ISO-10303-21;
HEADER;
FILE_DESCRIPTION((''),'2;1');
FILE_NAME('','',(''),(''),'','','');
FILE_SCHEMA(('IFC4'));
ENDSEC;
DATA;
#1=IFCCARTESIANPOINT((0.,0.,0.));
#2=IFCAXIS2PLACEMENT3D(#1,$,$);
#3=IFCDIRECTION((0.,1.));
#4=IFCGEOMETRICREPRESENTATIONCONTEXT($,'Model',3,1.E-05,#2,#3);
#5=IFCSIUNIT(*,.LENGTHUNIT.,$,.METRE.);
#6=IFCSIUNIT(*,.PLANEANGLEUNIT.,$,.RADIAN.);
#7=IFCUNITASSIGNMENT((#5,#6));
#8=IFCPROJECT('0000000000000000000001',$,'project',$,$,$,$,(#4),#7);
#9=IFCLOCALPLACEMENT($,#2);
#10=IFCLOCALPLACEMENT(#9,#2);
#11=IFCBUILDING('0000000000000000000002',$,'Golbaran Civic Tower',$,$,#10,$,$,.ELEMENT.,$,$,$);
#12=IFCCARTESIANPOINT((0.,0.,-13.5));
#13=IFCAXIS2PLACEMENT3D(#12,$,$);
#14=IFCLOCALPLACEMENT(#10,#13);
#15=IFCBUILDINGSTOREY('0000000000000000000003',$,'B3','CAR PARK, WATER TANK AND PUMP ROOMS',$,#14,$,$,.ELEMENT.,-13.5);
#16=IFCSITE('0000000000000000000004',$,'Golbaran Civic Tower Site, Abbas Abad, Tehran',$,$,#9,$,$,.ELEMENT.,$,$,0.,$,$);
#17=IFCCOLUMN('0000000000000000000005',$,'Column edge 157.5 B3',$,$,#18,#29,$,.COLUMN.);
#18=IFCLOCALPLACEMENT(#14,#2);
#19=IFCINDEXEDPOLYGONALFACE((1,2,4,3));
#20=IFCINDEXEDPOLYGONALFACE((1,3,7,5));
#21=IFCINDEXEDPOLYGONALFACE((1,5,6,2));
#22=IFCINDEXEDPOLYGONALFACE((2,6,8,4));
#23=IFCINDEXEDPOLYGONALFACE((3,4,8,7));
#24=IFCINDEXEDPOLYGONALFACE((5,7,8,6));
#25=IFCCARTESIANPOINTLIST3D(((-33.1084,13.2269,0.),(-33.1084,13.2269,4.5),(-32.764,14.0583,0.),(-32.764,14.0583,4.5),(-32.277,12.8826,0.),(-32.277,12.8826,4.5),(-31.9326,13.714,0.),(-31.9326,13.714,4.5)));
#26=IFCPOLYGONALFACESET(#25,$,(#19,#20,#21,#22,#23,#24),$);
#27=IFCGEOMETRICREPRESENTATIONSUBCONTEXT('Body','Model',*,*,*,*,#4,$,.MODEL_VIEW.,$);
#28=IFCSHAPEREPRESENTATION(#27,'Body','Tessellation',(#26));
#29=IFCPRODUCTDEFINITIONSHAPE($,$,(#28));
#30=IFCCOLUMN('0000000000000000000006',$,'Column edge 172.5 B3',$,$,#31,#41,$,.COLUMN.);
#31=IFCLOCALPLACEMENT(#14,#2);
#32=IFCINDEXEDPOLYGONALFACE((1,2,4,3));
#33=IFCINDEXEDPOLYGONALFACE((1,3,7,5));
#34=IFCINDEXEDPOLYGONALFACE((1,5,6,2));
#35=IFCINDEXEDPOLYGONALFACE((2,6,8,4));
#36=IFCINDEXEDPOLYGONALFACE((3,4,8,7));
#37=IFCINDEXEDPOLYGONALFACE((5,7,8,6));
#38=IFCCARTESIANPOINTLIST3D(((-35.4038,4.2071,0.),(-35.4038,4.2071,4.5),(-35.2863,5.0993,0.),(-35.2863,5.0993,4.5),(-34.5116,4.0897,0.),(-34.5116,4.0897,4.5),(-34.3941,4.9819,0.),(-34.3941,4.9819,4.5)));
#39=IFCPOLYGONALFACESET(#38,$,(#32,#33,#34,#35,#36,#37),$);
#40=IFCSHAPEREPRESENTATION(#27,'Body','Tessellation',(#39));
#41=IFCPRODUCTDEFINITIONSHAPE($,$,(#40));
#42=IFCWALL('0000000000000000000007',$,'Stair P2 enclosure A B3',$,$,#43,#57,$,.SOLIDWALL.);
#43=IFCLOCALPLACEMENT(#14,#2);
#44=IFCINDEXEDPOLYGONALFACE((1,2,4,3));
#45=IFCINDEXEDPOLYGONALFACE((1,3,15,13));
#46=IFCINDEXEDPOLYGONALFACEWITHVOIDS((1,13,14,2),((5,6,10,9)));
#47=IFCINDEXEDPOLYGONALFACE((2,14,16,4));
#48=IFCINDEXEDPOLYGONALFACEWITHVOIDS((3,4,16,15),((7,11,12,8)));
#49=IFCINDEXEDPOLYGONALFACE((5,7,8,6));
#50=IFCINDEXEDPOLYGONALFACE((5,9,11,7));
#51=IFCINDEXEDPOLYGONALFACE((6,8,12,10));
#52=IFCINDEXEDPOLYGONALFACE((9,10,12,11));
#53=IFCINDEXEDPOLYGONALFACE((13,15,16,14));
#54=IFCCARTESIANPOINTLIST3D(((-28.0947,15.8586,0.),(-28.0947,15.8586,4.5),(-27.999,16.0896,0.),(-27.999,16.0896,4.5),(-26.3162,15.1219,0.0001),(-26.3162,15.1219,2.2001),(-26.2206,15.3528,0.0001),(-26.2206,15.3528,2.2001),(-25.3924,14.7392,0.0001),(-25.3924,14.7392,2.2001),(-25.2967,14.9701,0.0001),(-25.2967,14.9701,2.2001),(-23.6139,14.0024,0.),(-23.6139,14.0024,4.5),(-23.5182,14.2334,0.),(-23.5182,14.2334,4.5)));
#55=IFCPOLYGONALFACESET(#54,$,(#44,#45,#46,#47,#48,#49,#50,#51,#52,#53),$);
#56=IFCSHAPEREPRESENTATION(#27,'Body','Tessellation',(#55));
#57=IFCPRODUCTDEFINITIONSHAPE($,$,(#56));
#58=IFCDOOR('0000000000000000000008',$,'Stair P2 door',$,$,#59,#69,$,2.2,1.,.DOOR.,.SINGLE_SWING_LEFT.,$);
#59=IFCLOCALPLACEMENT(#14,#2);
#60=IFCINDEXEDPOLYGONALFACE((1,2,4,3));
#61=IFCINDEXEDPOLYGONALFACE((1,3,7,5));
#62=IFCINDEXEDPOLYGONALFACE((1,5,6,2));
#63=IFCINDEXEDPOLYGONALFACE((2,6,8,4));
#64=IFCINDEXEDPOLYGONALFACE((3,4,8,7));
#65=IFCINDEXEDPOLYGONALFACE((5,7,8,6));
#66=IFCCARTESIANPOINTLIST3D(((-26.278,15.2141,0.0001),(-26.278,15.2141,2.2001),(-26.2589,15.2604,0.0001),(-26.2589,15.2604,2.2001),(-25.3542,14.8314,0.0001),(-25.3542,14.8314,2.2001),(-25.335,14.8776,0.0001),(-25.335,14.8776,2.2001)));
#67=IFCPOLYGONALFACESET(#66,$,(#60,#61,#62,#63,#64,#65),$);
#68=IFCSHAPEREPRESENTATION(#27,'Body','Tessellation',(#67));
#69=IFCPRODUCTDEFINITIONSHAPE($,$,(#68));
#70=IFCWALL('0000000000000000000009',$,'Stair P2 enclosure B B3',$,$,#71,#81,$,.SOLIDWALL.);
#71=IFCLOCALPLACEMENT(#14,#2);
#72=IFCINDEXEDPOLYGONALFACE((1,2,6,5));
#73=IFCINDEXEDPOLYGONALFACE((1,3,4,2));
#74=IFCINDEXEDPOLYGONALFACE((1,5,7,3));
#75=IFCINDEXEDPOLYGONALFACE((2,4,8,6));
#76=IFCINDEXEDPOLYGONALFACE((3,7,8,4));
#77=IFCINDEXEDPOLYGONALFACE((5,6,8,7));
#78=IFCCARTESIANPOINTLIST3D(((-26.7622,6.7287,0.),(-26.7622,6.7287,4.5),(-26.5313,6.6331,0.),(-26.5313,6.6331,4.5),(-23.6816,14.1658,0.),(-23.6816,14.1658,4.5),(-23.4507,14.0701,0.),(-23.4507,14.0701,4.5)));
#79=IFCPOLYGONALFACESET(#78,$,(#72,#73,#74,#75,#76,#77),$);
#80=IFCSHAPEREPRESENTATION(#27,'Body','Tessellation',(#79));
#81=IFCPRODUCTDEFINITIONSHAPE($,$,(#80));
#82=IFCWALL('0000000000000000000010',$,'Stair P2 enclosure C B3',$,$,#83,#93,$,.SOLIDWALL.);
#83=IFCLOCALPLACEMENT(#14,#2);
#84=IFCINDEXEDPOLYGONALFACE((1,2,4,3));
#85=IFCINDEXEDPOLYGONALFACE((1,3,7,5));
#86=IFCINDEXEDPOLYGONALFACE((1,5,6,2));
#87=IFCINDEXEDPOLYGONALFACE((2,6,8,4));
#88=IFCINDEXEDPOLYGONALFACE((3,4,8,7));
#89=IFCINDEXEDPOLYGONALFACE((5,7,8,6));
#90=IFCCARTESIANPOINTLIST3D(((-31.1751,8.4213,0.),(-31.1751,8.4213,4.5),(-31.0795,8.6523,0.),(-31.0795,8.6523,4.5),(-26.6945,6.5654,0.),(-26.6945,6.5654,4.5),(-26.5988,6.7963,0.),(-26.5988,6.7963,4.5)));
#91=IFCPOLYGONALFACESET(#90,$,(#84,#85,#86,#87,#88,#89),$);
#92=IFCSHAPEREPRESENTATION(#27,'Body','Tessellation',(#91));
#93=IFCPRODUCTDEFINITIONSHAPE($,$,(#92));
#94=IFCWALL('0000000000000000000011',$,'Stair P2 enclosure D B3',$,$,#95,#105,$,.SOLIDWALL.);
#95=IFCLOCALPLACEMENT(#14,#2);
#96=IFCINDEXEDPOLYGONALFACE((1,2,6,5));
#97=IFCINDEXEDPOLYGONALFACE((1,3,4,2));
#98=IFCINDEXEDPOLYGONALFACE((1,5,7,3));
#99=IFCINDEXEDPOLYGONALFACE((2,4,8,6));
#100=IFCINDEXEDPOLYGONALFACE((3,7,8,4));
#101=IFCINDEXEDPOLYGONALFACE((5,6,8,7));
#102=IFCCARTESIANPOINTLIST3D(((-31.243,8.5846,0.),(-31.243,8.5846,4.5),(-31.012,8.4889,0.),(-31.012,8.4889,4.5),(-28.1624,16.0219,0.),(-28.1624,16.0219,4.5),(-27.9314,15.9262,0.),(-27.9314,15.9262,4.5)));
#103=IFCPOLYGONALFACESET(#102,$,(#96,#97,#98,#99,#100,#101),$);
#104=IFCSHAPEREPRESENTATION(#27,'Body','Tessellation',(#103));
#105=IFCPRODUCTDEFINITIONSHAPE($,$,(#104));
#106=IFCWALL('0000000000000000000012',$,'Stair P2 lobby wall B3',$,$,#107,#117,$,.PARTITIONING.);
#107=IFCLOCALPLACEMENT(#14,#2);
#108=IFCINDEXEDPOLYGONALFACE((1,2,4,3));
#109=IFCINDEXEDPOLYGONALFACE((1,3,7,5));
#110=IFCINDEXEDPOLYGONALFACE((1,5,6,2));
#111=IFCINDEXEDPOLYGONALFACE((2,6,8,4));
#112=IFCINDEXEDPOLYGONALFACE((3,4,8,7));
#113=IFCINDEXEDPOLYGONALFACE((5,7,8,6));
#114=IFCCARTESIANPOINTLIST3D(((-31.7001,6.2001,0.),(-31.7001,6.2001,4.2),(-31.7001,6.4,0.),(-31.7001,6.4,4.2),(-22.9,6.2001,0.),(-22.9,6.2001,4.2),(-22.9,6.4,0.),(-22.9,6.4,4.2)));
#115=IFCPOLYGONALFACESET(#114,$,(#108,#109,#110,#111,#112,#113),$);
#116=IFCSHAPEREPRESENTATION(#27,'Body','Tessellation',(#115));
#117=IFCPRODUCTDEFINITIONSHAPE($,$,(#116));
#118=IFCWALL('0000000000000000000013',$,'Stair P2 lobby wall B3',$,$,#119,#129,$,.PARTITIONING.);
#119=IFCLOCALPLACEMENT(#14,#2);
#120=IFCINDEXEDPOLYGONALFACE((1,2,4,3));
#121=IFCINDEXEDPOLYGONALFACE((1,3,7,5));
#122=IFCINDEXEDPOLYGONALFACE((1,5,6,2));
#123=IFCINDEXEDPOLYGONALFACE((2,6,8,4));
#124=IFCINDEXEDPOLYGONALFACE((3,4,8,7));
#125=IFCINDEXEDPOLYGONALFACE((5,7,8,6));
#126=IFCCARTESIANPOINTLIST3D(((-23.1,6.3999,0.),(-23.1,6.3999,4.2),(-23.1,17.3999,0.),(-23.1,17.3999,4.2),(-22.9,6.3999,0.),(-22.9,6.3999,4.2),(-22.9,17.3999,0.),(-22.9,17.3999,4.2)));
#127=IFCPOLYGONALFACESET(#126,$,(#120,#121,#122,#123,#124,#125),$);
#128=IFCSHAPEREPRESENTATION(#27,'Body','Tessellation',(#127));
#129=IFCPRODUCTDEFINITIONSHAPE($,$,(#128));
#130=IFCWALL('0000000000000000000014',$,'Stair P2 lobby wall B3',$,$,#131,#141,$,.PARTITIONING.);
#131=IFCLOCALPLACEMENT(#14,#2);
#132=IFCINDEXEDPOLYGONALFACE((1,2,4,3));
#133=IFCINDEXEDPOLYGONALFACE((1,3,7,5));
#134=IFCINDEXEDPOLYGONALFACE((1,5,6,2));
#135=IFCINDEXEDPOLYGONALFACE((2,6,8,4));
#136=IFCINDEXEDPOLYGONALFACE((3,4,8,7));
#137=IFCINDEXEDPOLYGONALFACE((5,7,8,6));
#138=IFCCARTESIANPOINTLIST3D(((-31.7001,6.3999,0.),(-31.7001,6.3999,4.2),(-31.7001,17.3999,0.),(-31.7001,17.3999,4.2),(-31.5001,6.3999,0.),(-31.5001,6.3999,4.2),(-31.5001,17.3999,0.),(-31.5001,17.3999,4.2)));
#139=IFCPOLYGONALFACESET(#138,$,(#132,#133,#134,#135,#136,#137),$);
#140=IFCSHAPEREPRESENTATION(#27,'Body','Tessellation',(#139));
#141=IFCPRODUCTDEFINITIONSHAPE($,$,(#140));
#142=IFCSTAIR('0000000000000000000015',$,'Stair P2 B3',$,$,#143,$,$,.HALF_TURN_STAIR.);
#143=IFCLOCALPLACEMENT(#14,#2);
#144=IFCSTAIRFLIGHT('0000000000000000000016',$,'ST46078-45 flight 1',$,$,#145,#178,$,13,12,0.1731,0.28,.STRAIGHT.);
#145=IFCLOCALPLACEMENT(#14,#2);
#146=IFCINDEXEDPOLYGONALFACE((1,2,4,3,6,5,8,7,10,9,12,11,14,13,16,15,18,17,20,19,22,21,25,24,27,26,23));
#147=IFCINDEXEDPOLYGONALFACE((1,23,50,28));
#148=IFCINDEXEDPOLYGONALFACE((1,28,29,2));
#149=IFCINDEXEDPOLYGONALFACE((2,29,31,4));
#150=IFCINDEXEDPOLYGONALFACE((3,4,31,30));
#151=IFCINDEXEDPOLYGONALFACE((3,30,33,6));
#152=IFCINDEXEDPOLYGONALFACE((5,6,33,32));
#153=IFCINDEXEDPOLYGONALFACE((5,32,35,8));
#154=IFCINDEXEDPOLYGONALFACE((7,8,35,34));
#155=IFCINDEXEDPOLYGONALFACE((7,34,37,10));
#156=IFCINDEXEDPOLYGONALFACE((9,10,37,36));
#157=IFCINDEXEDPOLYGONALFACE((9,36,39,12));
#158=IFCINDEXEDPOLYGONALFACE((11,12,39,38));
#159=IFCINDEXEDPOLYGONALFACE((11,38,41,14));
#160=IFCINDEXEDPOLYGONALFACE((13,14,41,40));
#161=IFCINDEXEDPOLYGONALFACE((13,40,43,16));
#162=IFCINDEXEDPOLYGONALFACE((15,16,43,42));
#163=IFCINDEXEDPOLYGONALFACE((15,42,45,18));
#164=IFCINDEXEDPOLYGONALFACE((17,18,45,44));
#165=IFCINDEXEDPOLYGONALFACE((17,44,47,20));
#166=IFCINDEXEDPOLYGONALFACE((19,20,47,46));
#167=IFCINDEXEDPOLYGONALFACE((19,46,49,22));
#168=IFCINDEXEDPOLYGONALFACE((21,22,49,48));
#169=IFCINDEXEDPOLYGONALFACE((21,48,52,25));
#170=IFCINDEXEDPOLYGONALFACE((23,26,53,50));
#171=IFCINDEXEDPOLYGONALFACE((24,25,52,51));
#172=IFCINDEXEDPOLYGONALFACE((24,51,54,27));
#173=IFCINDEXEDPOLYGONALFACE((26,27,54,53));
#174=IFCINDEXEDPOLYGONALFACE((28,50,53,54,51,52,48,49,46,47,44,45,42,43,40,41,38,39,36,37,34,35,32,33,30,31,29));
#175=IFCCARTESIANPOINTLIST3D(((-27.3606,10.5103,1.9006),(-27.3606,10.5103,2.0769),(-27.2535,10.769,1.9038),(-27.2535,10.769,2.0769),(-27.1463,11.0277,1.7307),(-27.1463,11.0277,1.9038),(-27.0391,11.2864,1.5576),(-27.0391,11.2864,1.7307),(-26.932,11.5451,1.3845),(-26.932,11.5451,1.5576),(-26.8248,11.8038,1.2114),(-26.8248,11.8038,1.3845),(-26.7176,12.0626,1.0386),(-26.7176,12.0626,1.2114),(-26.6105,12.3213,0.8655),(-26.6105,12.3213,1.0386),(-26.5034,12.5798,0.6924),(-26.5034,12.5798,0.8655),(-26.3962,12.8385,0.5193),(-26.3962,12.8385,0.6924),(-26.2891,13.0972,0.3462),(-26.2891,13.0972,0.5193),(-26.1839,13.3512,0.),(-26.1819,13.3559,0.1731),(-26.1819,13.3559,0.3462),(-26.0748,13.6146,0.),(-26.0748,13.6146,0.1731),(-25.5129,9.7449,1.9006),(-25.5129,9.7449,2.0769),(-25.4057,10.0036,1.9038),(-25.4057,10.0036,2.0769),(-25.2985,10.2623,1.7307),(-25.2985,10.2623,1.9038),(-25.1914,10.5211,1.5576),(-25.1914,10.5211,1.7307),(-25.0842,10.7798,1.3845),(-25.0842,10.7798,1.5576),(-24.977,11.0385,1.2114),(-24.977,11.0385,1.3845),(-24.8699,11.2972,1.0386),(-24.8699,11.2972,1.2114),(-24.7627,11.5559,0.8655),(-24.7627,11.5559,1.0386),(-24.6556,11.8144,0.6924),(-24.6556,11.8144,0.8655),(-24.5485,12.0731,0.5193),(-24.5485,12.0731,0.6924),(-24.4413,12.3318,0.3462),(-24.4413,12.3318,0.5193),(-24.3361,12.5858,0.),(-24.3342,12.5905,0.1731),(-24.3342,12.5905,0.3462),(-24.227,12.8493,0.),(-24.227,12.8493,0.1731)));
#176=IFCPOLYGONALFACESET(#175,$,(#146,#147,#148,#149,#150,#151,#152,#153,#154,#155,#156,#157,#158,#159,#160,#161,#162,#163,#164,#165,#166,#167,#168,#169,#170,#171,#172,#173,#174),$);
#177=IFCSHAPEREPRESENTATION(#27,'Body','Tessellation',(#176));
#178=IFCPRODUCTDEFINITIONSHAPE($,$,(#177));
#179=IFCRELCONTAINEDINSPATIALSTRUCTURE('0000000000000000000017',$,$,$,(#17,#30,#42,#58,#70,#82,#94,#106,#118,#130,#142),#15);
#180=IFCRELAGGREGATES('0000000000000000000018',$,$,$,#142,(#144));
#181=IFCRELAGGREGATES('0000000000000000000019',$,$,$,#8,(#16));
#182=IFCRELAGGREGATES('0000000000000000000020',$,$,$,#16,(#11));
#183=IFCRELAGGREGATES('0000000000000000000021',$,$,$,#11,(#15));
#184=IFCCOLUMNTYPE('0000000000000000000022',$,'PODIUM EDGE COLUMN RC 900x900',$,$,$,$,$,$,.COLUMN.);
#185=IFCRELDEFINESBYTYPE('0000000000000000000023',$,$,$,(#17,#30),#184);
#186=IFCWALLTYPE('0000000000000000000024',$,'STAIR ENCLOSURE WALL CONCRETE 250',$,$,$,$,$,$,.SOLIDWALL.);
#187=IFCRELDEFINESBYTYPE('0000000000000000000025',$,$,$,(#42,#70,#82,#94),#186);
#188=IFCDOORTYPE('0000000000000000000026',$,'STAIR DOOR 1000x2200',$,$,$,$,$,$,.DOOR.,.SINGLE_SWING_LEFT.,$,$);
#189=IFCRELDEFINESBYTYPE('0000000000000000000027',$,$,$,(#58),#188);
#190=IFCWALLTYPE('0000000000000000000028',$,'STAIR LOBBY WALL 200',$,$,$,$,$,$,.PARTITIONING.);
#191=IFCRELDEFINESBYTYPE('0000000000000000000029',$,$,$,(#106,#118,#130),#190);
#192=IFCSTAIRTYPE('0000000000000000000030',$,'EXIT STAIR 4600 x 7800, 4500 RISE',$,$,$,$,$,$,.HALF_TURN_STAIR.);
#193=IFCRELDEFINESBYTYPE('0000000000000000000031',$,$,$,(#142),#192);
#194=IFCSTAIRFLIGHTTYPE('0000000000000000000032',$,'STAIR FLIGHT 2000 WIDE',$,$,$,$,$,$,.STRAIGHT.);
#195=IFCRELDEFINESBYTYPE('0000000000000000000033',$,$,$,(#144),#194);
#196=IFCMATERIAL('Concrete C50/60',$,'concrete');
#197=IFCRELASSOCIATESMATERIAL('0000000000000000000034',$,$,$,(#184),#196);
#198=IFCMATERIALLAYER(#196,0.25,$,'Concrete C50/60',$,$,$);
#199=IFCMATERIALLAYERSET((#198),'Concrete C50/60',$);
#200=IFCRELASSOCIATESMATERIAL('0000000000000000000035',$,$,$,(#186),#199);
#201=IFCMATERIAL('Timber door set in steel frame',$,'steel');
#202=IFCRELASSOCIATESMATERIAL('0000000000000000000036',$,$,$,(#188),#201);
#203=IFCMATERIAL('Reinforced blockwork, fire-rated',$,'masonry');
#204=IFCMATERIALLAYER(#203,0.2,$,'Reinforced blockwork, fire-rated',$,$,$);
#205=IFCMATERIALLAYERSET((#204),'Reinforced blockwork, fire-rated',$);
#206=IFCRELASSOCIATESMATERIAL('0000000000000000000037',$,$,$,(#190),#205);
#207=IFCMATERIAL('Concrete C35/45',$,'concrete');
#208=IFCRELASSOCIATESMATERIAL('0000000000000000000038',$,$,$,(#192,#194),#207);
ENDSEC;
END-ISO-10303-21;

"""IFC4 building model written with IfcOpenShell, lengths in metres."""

from ifc_helpers import new_model, si_unit, direction, frame, frame_2d, origin, origin_2d, place, context, subcontext, project, spatial, polyline, rectangle, outline, extrude, material, layer, layer_set, material_profile, profile_set, type_object, element, fill, aggregate, save


model = new_model("IFC4")

# Units and contexts
model_context = context("Model", 3, precision=1e-05, world=origin(), true_north=direction((0.0, 1.0)))
body_context = subcontext(model_context, "Body", "Model", "MODEL_VIEW")
ifc_project = project(units=[si_unit("LENGTHUNIT", "METRE"), si_unit("PLANEANGLEUNIT", "RADIAN")], contexts=[model_context])

# Site, building, storey
site_placement = place(None, origin())
site = spatial("IfcSite", under=ifc_project, at=site_placement, Name="Golbaran Civic Tower Site, Abbas Abad, Tehran", CompositionType="ELEMENT", RefElevation=0.0)
building_placement = place(site_placement, origin())
building = spatial("IfcBuilding", under=site, at=building_placement, Name="Golbaran Civic Tower", CompositionType="ELEMENT")
storey_placement = place(building_placement, frame((0.0, 0.0, -13.5)))
storey = spatial("IfcBuildingStorey", under=building, at=storey_placement, Name="B3", Description="CAR PARK, WATER TANK AND PUMP ROOMS", CompositionType="ELEMENT", Elevation=-13.5)

# Shared definitions
ifc_material_1 = material(Name="Concrete C35/45", Category="concrete")

# Columns
ifc_material_2 = material(Name="Concrete C50/60", Category="concrete")
ifc_material_profile_1 = material_profile(ifc_material_2, rectangle(XDim=0.8999, YDim=0.8999, at=origin_2d()), Name="RC 900x900")
ifc_profile_set_1 = profile_set([ifc_material_profile_1], Name="Concrete C50/60")
column_type_1 = type_object("IfcColumnType", Name="PODIUM EDGE COLUMN RC 900x900", PredefinedType="COLUMN", material=ifc_profile_set_1)
for number, where, z_axis, x_axis, name in (
    (1, (-32.5205, 13.4705, 0.0), (0.0, 0.0, 1.0), (-0.92388, 0.382683, 0.0), "Column edge 157.5 B3"),
    (2, (-34.8989, 4.5945, 0.0), (0.0, 0.0, 1.0), (-0.991445, 0.130526, 0.0), "Column edge 172.5 B3"),
):
    element("IfcColumn", number, at=place(storey_placement, frame(where, z_axis=z_axis, x_axis=x_axis)), inside=storey, type_object=column_type_1, Name=name, PredefinedType="COLUMN", context=body_context, shape_type="SweptSolid", body=[
        extrude(rectangle(XDim=0.8999, YDim=0.8999, at=origin_2d()), origin(), (0.0, 0.0, 1.0), 4.5),
    ])

# Wall, opening, door
ifc_layer_1 = layer(ifc_material_2, 0.25, Name="Concrete C50/60")
ifc_layer_set_1 = layer_set([ifc_layer_1], Name="Concrete C50/60")
wall_type_1 = type_object("IfcWallType", Name="STAIR ENCLOSURE WALL CONCRETE 250", PredefinedType="SOLIDWALL", material=ifc_layer_set_1)
wall_1_placement = place(storey_placement, frame((-28.0469, 15.9741, 0.0), z_axis=(0.0, 0.0, 1.0), x_axis=(0.923863, -0.382724, 0.0)))
wall_1 = element("IfcWall", 3, at=wall_1_placement, inside=storey, type_object=wall_type_1, Name="Stair P2 enclosure A B3", PredefinedType="SOLIDWALL", context=body_context, shape_type="SweptSolid", body=[
    extrude(rectangle(XDim=4.8501, YDim=0.25, at=frame_2d((2.425, 0.0))), origin(), (0.0, 0.0, 1.0), 4.5),
])
opening_placement = place(wall_1_placement, frame((1.925, 0.0, 0.0)))
opening = element("IfcOpeningElement", 4, at=opening_placement, cuts=wall_1, PredefinedType="OPENING", context=body_context, shape_type="SweptSolid", body=[
    extrude(rectangle(XDim=1.0, YDim=2.2, at=frame_2d((0.5, 1.1001))), frame((0.0, 0.135, 0.0), z_axis=(0.0, -1.0, 0.0), x_axis=(1.0, 0.0, 0.0)), (0.0, 0.0, 1.0), 0.27),
])
ifc_material_3 = material(Name="Timber door set in steel frame", Category="steel")
door_type = type_object("IfcDoorType", Name="STAIR DOOR 1000x2200", OperationType="SINGLE_SWING_LEFT", PredefinedType="DOOR", material=ifc_material_3)
door_placement = place(opening_placement, origin())
door = element("IfcDoor", 5, at=door_placement, inside=storey, type_object=door_type, Name="Stair P2 door", OperationType="SINGLE_SWING_LEFT", OverallHeight=2.2, OverallWidth=1.0, PredefinedType="DOOR", context=body_context, shape_type="SweptSolid", body=[
    extrude(rectangle(XDim=1.0, YDim=2.2, at=frame_2d((0.5, 1.1001))), frame((0.0, 0.0249, 0.0), z_axis=(0.0, -1.0, 0.0), x_axis=(1.0, 0.0, 0.0)), (0.0, 0.0, 1.0), 0.05),
])
fill(opening, door)

# Walls
wall_2_placement = place(storey_placement, frame((-23.5662, 14.1179, 0.0), z_axis=(0.0, 0.0, 1.0), x_axis=(-0.382689, -0.923877, 0.0)))
element("IfcWall", 6, at=wall_2_placement, inside=storey, type_object=wall_type_1, Name="Stair P2 enclosure B B3", PredefinedType="SOLIDWALL", context=body_context, shape_type="SweptSolid", body=[
    extrude(rectangle(XDim=8.0498, YDim=0.25, at=frame_2d((4.0249, 0.0))), origin(), (0.0, 0.0, 1.0), 4.5),
])
wall_3_placement = place(storey_placement, frame((-26.6467, 6.6809, 0.0), z_axis=(0.0, 0.0, 1.0), x_axis=(-0.923881, 0.382681, 0.0)))
element("IfcWall", 7, at=wall_3_placement, inside=storey, type_object=wall_type_1, Name="Stair P2 enclosure C B3", PredefinedType="SOLIDWALL", context=body_context, shape_type="SweptSolid", body=[
    extrude(rectangle(XDim=4.8499, YDim=0.25, at=frame_2d((2.4248, 0.0))), origin(), (0.0, 0.0, 1.0), 4.5),
])
wall_4_placement = place(storey_placement, frame((-31.1274, 8.5369, 0.0), z_axis=(0.0, 0.0, 1.0), x_axis=(0.382679, 0.923882, 0.0)))
element("IfcWall", 8, at=wall_4_placement, inside=storey, type_object=wall_type_1, Name="Stair P2 enclosure D B3", PredefinedType="SOLIDWALL", context=body_context, shape_type="SweptSolid", body=[
    extrude(rectangle(XDim=8.05, YDim=0.25, at=frame_2d((4.0249, 0.0))), origin(), (0.0, 0.0, 1.0), 4.5),
])
ifc_material_4 = material(Name="Reinforced blockwork, fire-rated", Category="masonry")
ifc_layer_2 = layer(ifc_material_4, 0.2, Name="Reinforced blockwork, fire-rated")
ifc_layer_set_2 = layer_set([ifc_layer_2], Name="Reinforced blockwork, fire-rated")
wall_type_2 = type_object("IfcWallType", Name="STAIR LOBBY WALL 200", PredefinedType="PARTITIONING", material=ifc_layer_set_2)
wall_5_placement = place(storey_placement, frame((-31.7, 6.3, 0.0), z_axis=(0.0, 0.0, 1.0), x_axis=(1.0, 0.0, 0.0)))
element("IfcWall", 9, at=wall_5_placement, inside=storey, type_object=wall_type_2, Name="Stair P2 lobby wall B3", PredefinedType="PARTITIONING", context=body_context, shape_type="SweptSolid", body=[
    extrude(rectangle(XDim=8.8, YDim=0.2, at=frame_2d((4.3999, 0.0))), origin(), (0.0, 0.0, 1.0), 4.2),
])
for number, where, z_axis, x_axis, name in (
    (10, (-23.0, 6.3999, 0.0), (0.0, 0.0, 1.0), (0.0, 1.0, 0.0), "Stair P2 lobby wall B3"),
    (11, (-31.6001, 17.3999, 0.0), (0.0, 0.0, 1.0), (0.0, -1.0, 0.0), "Stair P2 lobby wall B3"),
):
    element("IfcWall", number, at=place(storey_placement, frame(where, z_axis=z_axis, x_axis=x_axis)), inside=storey, type_object=wall_type_2, Name=name, PredefinedType="PARTITIONING", context=body_context, shape_type="SweptSolid", body=[
        extrude(rectangle(XDim=11.0, YDim=0.2, at=frame_2d((5.5, 0.0))), origin(), (0.0, 0.0, 1.0), 4.2),
    ])

# Stair, stair flight
stair_type = type_object("IfcStairType", Name="EXIT STAIR 4600 x 7800, 4500 RISE", PredefinedType="HALF_TURN_STAIR", material=ifc_material_1)
stair_placement = place(storey_placement, origin())
stair = element("IfcStair", 12, at=stair_placement, inside=storey, type_object=stair_type, Name="Stair P2 B3", PredefinedType="HALF_TURN_STAIR")
stair_flight_type = type_object("IfcStairFlightType", Name="STAIR FLIGHT 2000 WIDE", PredefinedType="STRAIGHT", material=ifc_material_1)
stair_flight_1_placement = place(storey_placement, frame((-25.1509, 13.2319, 0.0), z_axis=(0.0, 0.0, 1.0), x_axis=(-0.382683, -0.92388, 0.0)))
stair_flight_1 = element("IfcStairFlight", 13, at=stair_flight_1_placement, type_object=stair_flight_type, Name="ST46078-45 flight 1", NumberOfRisers=13, NumberOfTreads=12, PredefinedType="STRAIGHT", RiserHeight=0.1731, TreadLength=0.28, context=body_context, shape_type="SweptSolid", body=[
    extrude(outline(polyline([(0.0, 0.0), (0.0, 0.1731), (0.28, 0.1731), (0.28, 0.3462), (0.5601, 0.3462), (0.5601, 0.5193), (0.8401, 0.5193), (0.8401, 0.6924), (1.1201, 0.6924), (1.1201, 0.8655), (1.3999, 0.8655), (1.3999, 1.0386), (1.6799, 1.0386), (1.6799, 1.2114), (1.96, 1.2114), (1.96, 1.3845), (2.24, 1.3845), (2.24, 1.5576), (2.52, 1.5576), (2.52, 1.7307), (2.8, 1.7307), (2.8, 1.9038), (3.0801, 1.9038), (3.0801, 2.0769), (3.3601, 2.0769), (3.3601, 2.25), (3.3601, 1.9006), (0.2852, 0.0), (0.0, 0.0)])), frame((0.0, 1.0, 0.0), z_axis=(0.0, -1.0, 0.0), x_axis=(1.0, 0.0, 0.0)), (0.0, 0.0, 1.0), 2.0),
])
aggregate(stair, [stair_flight_1])

save(model, "model.ifc")
